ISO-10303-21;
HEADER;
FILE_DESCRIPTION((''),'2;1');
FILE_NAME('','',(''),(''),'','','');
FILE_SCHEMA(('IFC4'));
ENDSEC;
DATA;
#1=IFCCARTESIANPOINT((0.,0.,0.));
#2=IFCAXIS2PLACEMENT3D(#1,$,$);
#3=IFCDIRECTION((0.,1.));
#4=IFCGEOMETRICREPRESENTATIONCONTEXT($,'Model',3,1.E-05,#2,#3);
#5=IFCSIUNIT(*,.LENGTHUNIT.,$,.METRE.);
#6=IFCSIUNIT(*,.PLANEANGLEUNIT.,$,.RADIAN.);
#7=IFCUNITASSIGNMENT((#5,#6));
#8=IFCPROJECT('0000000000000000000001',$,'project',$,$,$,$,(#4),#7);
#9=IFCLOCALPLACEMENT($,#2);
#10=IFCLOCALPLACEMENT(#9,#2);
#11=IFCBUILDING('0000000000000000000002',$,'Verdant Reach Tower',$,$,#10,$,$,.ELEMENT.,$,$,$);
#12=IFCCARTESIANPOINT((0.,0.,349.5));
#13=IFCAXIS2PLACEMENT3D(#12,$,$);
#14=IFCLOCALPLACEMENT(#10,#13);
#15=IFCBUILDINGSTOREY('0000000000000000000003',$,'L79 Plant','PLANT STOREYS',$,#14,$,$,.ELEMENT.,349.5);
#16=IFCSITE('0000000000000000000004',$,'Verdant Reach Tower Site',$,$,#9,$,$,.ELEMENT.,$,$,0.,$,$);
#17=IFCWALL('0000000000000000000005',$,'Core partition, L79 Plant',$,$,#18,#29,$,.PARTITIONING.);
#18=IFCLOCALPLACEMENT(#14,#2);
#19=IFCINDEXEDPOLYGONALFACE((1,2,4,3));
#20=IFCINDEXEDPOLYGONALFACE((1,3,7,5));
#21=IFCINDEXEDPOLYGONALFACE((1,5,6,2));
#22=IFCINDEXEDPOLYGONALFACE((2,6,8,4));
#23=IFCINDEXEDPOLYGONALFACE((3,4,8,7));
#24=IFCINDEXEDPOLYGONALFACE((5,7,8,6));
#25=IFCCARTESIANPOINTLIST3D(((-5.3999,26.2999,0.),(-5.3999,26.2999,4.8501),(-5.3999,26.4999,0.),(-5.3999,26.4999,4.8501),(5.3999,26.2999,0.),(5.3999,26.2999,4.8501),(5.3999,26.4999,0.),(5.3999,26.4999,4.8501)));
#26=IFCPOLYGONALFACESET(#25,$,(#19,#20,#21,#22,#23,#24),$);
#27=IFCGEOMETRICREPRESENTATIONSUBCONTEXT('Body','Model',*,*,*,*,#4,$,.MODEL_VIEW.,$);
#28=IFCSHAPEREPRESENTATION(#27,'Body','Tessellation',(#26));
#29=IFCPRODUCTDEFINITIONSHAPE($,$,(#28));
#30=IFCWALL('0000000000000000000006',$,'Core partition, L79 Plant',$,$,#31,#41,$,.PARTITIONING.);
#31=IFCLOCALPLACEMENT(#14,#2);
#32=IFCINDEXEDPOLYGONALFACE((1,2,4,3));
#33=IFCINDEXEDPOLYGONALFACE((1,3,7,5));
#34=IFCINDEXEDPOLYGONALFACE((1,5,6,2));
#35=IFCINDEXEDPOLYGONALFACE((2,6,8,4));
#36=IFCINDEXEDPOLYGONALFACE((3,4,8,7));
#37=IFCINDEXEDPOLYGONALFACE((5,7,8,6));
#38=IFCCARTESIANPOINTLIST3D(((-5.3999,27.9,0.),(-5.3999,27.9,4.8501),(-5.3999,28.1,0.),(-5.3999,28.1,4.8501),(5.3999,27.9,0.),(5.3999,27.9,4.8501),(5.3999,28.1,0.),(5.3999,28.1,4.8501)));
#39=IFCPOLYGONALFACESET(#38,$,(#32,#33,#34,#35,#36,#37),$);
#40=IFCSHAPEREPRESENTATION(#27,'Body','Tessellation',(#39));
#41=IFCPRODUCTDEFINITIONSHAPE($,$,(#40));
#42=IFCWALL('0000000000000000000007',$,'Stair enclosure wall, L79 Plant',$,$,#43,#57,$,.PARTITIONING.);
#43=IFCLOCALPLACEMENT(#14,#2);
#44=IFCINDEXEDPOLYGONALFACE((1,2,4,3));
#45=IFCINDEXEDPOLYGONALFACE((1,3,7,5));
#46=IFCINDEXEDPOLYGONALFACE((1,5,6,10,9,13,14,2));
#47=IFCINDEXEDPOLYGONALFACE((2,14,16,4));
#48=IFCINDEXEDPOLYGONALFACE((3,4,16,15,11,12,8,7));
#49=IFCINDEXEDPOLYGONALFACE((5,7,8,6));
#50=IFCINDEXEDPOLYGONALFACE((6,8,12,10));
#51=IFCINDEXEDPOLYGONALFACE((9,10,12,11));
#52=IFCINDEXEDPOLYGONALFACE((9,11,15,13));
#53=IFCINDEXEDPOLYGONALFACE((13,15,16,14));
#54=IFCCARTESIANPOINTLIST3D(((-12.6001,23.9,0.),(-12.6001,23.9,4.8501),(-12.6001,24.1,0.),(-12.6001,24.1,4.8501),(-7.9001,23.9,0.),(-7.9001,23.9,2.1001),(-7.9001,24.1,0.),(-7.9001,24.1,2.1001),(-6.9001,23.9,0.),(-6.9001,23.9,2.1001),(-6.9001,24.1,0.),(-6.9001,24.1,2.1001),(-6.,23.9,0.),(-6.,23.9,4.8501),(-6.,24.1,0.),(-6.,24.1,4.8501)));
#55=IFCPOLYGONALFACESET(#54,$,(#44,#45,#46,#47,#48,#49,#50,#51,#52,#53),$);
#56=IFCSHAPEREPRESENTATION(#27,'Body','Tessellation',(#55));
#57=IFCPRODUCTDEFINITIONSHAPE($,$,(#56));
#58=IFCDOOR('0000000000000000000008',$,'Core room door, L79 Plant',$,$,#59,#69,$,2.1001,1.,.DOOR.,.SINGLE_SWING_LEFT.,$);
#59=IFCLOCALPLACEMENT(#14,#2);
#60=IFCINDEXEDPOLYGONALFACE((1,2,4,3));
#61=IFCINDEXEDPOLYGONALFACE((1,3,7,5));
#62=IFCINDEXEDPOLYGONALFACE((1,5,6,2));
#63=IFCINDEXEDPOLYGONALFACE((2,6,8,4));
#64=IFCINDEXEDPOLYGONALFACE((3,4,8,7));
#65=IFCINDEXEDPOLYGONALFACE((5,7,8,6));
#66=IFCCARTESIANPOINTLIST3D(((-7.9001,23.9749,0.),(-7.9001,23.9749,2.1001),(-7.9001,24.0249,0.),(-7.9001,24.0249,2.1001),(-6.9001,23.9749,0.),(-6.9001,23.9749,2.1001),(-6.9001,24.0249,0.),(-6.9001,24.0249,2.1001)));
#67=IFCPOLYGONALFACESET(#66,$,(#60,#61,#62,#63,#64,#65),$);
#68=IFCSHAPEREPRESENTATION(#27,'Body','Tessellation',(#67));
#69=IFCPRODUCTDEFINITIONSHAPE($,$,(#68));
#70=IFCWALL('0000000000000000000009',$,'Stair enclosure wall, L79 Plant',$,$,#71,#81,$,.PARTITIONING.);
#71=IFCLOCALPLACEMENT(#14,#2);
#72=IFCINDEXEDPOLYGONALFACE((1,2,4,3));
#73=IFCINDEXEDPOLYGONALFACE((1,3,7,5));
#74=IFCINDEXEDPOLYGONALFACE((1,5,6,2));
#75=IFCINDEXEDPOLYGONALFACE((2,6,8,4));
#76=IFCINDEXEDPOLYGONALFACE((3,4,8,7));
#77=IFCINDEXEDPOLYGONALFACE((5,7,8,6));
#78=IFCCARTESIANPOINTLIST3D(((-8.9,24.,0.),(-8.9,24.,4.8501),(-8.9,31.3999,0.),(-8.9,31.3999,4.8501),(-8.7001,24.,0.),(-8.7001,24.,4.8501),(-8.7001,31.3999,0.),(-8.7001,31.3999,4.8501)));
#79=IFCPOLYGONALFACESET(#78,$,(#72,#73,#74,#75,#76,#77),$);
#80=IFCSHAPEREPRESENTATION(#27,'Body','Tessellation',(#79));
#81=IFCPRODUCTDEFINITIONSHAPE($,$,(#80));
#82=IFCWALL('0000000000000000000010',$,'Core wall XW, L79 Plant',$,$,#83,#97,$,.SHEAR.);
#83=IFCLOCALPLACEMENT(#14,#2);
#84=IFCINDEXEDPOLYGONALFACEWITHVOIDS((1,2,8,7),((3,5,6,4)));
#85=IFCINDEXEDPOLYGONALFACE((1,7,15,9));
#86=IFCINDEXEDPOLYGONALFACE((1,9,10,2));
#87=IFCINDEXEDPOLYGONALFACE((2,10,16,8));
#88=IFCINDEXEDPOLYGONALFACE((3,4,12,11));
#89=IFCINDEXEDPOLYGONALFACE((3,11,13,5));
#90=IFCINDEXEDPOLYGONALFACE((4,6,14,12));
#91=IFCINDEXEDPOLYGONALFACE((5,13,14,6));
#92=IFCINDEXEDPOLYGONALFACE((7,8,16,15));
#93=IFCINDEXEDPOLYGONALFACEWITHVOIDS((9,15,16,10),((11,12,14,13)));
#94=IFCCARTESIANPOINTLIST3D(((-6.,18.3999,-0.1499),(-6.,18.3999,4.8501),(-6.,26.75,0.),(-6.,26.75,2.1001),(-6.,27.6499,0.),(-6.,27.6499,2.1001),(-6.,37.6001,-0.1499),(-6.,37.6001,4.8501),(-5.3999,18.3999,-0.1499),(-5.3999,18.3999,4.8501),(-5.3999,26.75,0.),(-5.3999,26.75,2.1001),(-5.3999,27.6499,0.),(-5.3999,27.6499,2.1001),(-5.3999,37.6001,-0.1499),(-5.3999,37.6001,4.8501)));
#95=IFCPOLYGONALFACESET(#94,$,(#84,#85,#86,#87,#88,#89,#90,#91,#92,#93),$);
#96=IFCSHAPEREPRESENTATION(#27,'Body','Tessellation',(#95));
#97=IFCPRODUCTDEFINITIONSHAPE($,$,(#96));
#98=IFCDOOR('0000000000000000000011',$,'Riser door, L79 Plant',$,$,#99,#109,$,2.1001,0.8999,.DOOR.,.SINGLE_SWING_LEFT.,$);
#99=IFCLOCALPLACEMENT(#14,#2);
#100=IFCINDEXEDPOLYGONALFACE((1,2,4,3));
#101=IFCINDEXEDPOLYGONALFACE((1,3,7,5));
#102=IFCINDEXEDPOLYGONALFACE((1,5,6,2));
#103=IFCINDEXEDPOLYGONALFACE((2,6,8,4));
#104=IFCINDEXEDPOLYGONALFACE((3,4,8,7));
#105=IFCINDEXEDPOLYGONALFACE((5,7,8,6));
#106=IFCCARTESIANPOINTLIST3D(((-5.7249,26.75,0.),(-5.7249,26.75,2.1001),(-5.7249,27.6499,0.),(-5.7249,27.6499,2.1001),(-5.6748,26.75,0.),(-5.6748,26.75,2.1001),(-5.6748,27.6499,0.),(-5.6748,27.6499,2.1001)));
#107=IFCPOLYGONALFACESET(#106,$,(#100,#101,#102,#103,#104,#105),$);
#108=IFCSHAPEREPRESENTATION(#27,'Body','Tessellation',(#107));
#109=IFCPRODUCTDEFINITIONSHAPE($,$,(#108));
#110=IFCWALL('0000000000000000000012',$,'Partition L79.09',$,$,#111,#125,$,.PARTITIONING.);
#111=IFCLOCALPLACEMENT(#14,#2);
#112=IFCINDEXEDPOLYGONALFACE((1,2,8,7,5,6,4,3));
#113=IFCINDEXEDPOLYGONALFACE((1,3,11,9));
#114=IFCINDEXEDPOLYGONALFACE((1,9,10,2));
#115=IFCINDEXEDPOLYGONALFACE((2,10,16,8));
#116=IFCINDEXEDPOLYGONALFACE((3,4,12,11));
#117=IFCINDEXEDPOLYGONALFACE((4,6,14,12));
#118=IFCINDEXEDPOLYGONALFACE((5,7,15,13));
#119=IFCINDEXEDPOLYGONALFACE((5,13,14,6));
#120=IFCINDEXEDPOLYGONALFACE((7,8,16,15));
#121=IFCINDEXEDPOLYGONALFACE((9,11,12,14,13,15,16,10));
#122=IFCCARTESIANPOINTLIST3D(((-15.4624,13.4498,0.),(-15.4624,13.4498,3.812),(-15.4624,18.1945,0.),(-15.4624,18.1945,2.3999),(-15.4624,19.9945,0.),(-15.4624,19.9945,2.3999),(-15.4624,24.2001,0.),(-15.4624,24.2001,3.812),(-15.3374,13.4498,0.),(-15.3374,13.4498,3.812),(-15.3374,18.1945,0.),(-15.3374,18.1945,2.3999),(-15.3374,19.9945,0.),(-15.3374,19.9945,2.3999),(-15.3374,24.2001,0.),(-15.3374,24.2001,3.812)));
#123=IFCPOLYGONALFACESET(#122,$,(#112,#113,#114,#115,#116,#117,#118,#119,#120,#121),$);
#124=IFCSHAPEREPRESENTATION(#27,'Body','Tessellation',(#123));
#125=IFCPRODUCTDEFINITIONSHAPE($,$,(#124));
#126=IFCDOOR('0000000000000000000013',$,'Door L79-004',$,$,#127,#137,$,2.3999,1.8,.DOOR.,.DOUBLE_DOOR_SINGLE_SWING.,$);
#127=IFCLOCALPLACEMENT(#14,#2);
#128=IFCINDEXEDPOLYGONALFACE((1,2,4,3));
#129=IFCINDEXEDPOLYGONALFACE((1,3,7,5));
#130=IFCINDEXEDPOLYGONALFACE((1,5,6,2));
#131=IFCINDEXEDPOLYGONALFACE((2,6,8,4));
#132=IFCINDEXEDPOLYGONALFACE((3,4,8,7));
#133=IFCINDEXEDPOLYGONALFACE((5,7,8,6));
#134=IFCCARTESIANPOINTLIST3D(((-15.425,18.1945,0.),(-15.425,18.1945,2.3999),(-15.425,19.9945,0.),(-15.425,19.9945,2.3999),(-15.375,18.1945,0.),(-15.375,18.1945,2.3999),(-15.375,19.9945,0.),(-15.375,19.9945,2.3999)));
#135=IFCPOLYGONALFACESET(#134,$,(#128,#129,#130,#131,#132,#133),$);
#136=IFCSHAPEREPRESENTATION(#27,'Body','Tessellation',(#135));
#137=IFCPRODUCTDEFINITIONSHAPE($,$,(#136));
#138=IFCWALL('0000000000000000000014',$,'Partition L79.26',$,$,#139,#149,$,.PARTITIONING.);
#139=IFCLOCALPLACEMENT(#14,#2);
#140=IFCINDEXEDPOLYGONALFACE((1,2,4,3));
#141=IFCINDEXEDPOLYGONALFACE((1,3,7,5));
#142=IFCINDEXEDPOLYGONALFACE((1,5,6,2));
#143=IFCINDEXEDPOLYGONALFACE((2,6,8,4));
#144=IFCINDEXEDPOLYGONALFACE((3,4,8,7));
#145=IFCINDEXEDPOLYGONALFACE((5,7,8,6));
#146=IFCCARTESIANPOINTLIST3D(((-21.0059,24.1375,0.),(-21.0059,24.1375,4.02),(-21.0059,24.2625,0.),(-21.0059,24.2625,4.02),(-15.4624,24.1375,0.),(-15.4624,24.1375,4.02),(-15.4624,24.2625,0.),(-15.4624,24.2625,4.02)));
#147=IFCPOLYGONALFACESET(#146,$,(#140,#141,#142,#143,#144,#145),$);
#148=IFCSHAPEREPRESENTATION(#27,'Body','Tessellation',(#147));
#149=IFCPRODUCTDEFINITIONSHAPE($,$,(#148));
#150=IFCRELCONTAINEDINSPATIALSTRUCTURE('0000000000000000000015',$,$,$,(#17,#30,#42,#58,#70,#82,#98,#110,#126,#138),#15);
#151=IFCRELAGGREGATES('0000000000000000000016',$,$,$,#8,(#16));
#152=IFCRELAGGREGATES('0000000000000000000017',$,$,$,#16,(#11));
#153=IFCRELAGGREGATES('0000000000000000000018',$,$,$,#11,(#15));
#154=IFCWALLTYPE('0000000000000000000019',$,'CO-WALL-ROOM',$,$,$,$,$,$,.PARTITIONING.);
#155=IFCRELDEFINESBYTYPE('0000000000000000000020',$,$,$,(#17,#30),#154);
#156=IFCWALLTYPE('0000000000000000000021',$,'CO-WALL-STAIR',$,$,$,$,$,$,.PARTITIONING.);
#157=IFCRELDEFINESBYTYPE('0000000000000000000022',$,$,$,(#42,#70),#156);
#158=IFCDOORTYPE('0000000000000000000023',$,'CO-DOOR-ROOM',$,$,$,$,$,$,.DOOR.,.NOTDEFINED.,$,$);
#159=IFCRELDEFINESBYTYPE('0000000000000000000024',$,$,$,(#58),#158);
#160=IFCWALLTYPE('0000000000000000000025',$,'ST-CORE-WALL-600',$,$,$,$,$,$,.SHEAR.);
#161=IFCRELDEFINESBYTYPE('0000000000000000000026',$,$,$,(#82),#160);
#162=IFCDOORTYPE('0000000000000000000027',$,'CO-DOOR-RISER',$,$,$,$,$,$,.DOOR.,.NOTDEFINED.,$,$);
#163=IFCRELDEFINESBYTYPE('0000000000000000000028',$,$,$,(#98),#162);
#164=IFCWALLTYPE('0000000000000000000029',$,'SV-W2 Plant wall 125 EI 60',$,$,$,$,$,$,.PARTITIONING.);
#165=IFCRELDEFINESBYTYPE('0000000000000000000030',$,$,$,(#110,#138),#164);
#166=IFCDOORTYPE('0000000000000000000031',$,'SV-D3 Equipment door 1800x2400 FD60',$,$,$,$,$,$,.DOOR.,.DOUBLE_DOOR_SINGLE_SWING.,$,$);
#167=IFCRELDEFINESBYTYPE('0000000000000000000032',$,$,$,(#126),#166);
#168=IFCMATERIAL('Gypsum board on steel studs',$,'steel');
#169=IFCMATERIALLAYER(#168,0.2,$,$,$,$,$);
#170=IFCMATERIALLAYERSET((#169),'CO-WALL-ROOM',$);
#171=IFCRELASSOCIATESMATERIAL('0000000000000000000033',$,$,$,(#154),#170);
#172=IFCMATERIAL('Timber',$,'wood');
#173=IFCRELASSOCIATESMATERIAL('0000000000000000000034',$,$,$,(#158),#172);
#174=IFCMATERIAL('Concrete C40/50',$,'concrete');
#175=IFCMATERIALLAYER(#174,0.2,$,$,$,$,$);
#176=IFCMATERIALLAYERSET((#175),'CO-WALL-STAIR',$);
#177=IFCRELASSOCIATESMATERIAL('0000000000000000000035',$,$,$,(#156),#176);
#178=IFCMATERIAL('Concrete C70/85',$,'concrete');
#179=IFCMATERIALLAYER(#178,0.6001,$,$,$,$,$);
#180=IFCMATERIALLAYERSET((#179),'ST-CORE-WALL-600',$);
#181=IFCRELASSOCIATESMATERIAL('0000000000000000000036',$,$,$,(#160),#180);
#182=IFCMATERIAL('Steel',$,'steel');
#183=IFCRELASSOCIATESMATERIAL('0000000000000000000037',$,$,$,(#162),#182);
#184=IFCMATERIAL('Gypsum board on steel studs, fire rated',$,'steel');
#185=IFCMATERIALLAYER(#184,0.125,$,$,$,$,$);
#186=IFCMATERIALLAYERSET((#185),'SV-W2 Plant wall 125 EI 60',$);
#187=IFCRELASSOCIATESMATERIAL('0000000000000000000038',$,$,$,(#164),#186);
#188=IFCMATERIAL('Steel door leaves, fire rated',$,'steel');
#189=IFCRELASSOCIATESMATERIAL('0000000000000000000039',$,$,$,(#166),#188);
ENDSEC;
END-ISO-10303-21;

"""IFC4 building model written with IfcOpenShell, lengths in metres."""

from ifc_helpers import new_model, si_unit, direction, frame, frame_2d, origin, place, context, subcontext, project, spatial, rectangle, extrude, material, layer, layer_set, type_object, element, fill, save


model = new_model("IFC4")

# Units and contexts
model_context = context("Model", 3, precision=1e-05, world=origin(), true_north=direction((0.0, 1.0)))
body_context = subcontext(model_context, "Body", "Model", "MODEL_VIEW")
ifc_project = project(units=[si_unit("LENGTHUNIT", "METRE"), si_unit("PLANEANGLEUNIT", "RADIAN")], contexts=[model_context])

# Site, building, storey
site_placement = place(None, origin())
site = spatial("IfcSite", under=ifc_project, at=site_placement, Name="Verdant Reach Tower Site", CompositionType="ELEMENT", RefElevation=0.0)
building_placement = place(site_placement, origin())
building = spatial("IfcBuilding", under=site, at=building_placement, Name="Verdant Reach Tower", CompositionType="ELEMENT")
storey_placement = place(building_placement, frame((0.0, 0.0, 349.5)))
storey = spatial("IfcBuildingStorey", under=building, at=storey_placement, Name="L79 Plant", Description="PLANT STOREYS", CompositionType="ELEMENT", Elevation=349.5)

# Shared definitions
ifc_material_1 = material(Name="Gypsum board on steel studs", Category="steel")
ifc_layer_1 = layer(ifc_material_1, 0.2)
ifc_layer_set_1 = layer_set([ifc_layer_1], Name="CO-WALL-ROOM")
wall_type_1 = type_object("IfcWallType", Name="CO-WALL-ROOM", PredefinedType="PARTITIONING", material=ifc_layer_set_1)
ifc_material_2 = material(Name="Timber", Category="wood")
door_type_1 = type_object("IfcDoorType", Name="CO-DOOR-ROOM", OperationType="NOTDEFINED", PredefinedType="DOOR", material=ifc_material_2)

# Walls
for number, where, z_axis, x_axis, name in (
    (1, (-5.3999, 26.3999, 0.0), (0.0, 0.0, 1.0), (1.0, 0.0, 0.0), "Core partition, L79 Plant"),
    (2, (-5.3999, 28.0, 0.0), (0.0, 0.0, 1.0), (1.0, 0.0, 0.0), "Core partition, L79 Plant"),
):
    element("IfcWall", number, at=place(storey_placement, frame(where, z_axis=z_axis, x_axis=x_axis)), inside=storey, type_object=wall_type_1, Name=name, PredefinedType="PARTITIONING", context=body_context, shape_type="SweptSolid", body=[
        extrude(rectangle(XDim=10.7998, YDim=0.2, at=frame_2d((5.3999, 0.0))), origin(), (0.0, 0.0, 1.0), 4.8501),
    ])

# Wall, opening, door
ifc_material_3 = material(Name="Concrete C40/50", Category="concrete")
ifc_layer_2 = layer(ifc_material_3, 0.2)
ifc_layer_set_2 = layer_set([ifc_layer_2], Name="CO-WALL-STAIR")
wall_type_2 = type_object("IfcWallType", Name="CO-WALL-STAIR", PredefinedType="PARTITIONING", material=ifc_layer_set_2)
wall_1_placement = place(storey_placement, frame((-12.6001, 24.0, 0.0), z_axis=(0.0, 0.0, 1.0), x_axis=(1.0, 0.0, 0.0)))
wall_1 = element("IfcWall", 3, at=wall_1_placement, inside=storey, type_object=wall_type_2, Name="Stair enclosure wall, L79 Plant", PredefinedType="PARTITIONING", context=body_context, shape_type="SweptSolid", body=[
    extrude(rectangle(XDim=6.6001, YDim=0.2, at=frame_2d((3.3, 0.0))), origin(), (0.0, 0.0, 1.0), 4.8501),
])
opening_1_placement = place(wall_1_placement, frame((4.7, 0.0, 0.0)))
opening_1 = element("IfcOpeningElement", 4, at=opening_1_placement, cuts=wall_1, PredefinedType="OPENING", context=body_context, shape_type="SweptSolid", body=[
    extrude(rectangle(XDim=1.0, YDim=2.1001, at=frame_2d((0.5, 1.05))), frame((0.0, 0.1099, 0.0), z_axis=(0.0, -1.0, 0.0), x_axis=(1.0, 0.0, 0.0)), (0.0, 0.0, 1.0), 0.22),
])
door_1_placement = place(opening_1_placement, origin())
door_1 = element("IfcDoor", 5, at=door_1_placement, inside=storey, type_object=door_type_1, Name="Core room door, L79 Plant", OperationType="SINGLE_SWING_LEFT", OverallHeight=2.1001, OverallWidth=1.0, PredefinedType="DOOR", context=body_context, shape_type="SweptSolid", body=[
    extrude(rectangle(XDim=1.0, YDim=2.1001, at=frame_2d((0.5, 1.05))), frame((0.0, 0.0249, 0.0), z_axis=(0.0, -1.0, 0.0), x_axis=(1.0, 0.0, 0.0)), (0.0, 0.0, 1.0), 0.05),
])
fill(opening_1, door_1)

# Wall
wall_2_placement = place(storey_placement, frame((-8.8, 24.0, 0.0), z_axis=(0.0, 0.0, 1.0), x_axis=(0.0, 1.0, 0.0)))
element("IfcWall", 6, at=wall_2_placement, inside=storey, type_object=wall_type_2, Name="Stair enclosure wall, L79 Plant", PredefinedType="PARTITIONING", context=body_context, shape_type="SweptSolid", body=[
    extrude(rectangle(XDim=7.3999, YDim=0.2, at=frame_2d((3.7, 0.0))), origin(), (0.0, 0.0, 1.0), 4.8501),
])

# Walls, openings, doors
ifc_material_4 = material(Name="Concrete C70/85", Category="concrete")
ifc_layer_3 = layer(ifc_material_4, 0.6001)
ifc_layer_set_3 = layer_set([ifc_layer_3], Name="ST-CORE-WALL-600")
wall_type_3 = type_object("IfcWallType", Name="ST-CORE-WALL-600", PredefinedType="SHEAR", material=ifc_layer_set_3)
wall_3_placement = place(storey_placement, frame((-5.7, 18.3999, -0.1499), z_axis=(0.0, 0.0, 1.0), x_axis=(0.0, 1.0, 0.0)))
wall_3 = element("IfcWall", 7, at=wall_3_placement, inside=storey, type_object=wall_type_3, Name="Core wall XW, L79 Plant", PredefinedType="SHEAR", context=body_context, shape_type="SweptSolid", body=[
    extrude(rectangle(XDim=19.2002, YDim=0.6001, at=frame_2d((9.6001, 0.0))), origin(), (0.0, 0.0, 1.0), 5.0),
])
opening_2_placement = place(wall_3_placement, frame((8.3501, 0.0, 0.1499)))
opening_2 = element("IfcOpeningElement", 8, at=opening_2_placement, cuts=wall_3, PredefinedType="OPENING", context=body_context, shape_type="SweptSolid", body=[
    extrude(rectangle(XDim=0.8999, YDim=2.1001, at=frame_2d((0.45, 1.05))), frame((0.0, 0.3101, 0.0), z_axis=(0.0, -1.0, 0.0), x_axis=(1.0, 0.0, 0.0)), (0.0, 0.0, 1.0), 0.6201),
])
ifc_material_5 = material(Name="Steel", Category="steel")
door_type_2 = type_object("IfcDoorType", Name="CO-DOOR-RISER", OperationType="NOTDEFINED", PredefinedType="DOOR", material=ifc_material_5)
door_2_placement = place(opening_2_placement, origin())
door_2 = element("IfcDoor", 9, at=door_2_placement, inside=storey, type_object=door_type_2, Name="Riser door, L79 Plant", OperationType="SINGLE_SWING_LEFT", OverallHeight=2.1001, OverallWidth=0.8999, PredefinedType="DOOR", context=body_context, shape_type="SweptSolid", body=[
    extrude(rectangle(XDim=0.8999, YDim=2.1001, at=frame_2d((0.45, 1.05))), frame((0.0, 0.0249, 0.0), z_axis=(0.0, -1.0, 0.0), x_axis=(1.0, 0.0, 0.0)), (0.0, 0.0, 1.0), 0.05),
])
fill(opening_2, door_2)
ifc_material_6 = material(Name="Gypsum board on steel studs, fire rated", Category="steel")
ifc_layer_4 = layer(ifc_material_6, 0.125)
ifc_layer_set_4 = layer_set([ifc_layer_4], Name="SV-W2 Plant wall 125 EI 60")
wall_type_4 = type_object("IfcWallType", Name="SV-W2 Plant wall 125 EI 60", PredefinedType="PARTITIONING", material=ifc_layer_set_4)
wall_4_placement = place(storey_placement, frame((-15.3999, 24.2, 0.0), z_axis=(0.0, 0.0, 1.0), x_axis=(0.0, -1.0, 0.0)))
wall_4 = element("IfcWall", 10, at=wall_4_placement, inside=storey, type_object=wall_type_4, Name="Partition L79.09", PredefinedType="PARTITIONING", context=body_context, shape_type="SweptSolid", body=[
    extrude(rectangle(XDim=10.7502, YDim=0.125, at=frame_2d((5.375, 0.0))), origin(), (0.0, 0.0, 1.0), 3.812),
])
opening_3_placement = place(wall_4_placement, frame((4.2056, 0.0, 0.0)))
opening_3 = element("IfcOpeningElement", 11, at=opening_3_placement, cuts=wall_4, PredefinedType="OPENING", context=body_context, shape_type="SweptSolid", body=[
    extrude(rectangle(XDim=1.8, YDim=2.3999, at=frame_2d((0.8999, 1.2))), frame((0.0, 0.0725, 0.0), z_axis=(0.0, -1.0, 0.0), x_axis=(1.0, 0.0, 0.0)), (0.0, 0.0, 1.0), 0.145),
])
ifc_material_7 = material(Name="Steel door leaves, fire rated", Category="steel")
door_type_3 = type_object("IfcDoorType", Name="SV-D3 Equipment door 1800x2400 FD60", OperationType="DOUBLE_DOOR_SINGLE_SWING", PredefinedType="DOOR", material=ifc_material_7)
door_3_placement = place(opening_3_placement, origin())
door_3 = element("IfcDoor", 12, at=door_3_placement, inside=storey, type_object=door_type_3, Name="Door L79-004", OperationType="DOUBLE_DOOR_SINGLE_SWING", OverallHeight=2.3999, OverallWidth=1.8, PredefinedType="DOOR", context=body_context, shape_type="SweptSolid", body=[
    extrude(rectangle(XDim=1.8, YDim=2.3999, at=frame_2d((0.8999, 1.2))), frame((0.0, 0.0249, 0.0), z_axis=(0.0, -1.0, 0.0), x_axis=(1.0, 0.0, 0.0)), (0.0, 0.0, 1.0), 0.05),
])
fill(opening_3, door_3)

# Wall
wall_5_placement = place(storey_placement, frame((-21.0059, 24.2, 0.0), z_axis=(0.0, 0.0, 1.0), x_axis=(1.0, 0.0, 0.0)))
element("IfcWall", 13, at=wall_5_placement, inside=storey, type_object=wall_type_4, Name="Partition L79.26", PredefinedType="PARTITIONING", context=body_context, shape_type="SweptSolid", body=[
    extrude(rectangle(XDim=5.5435, YDim=0.125, at=frame_2d((2.7717, 0.0))), origin(), (0.0, 0.0, 1.0), 4.02),
])

save(model, "model.ifc")
